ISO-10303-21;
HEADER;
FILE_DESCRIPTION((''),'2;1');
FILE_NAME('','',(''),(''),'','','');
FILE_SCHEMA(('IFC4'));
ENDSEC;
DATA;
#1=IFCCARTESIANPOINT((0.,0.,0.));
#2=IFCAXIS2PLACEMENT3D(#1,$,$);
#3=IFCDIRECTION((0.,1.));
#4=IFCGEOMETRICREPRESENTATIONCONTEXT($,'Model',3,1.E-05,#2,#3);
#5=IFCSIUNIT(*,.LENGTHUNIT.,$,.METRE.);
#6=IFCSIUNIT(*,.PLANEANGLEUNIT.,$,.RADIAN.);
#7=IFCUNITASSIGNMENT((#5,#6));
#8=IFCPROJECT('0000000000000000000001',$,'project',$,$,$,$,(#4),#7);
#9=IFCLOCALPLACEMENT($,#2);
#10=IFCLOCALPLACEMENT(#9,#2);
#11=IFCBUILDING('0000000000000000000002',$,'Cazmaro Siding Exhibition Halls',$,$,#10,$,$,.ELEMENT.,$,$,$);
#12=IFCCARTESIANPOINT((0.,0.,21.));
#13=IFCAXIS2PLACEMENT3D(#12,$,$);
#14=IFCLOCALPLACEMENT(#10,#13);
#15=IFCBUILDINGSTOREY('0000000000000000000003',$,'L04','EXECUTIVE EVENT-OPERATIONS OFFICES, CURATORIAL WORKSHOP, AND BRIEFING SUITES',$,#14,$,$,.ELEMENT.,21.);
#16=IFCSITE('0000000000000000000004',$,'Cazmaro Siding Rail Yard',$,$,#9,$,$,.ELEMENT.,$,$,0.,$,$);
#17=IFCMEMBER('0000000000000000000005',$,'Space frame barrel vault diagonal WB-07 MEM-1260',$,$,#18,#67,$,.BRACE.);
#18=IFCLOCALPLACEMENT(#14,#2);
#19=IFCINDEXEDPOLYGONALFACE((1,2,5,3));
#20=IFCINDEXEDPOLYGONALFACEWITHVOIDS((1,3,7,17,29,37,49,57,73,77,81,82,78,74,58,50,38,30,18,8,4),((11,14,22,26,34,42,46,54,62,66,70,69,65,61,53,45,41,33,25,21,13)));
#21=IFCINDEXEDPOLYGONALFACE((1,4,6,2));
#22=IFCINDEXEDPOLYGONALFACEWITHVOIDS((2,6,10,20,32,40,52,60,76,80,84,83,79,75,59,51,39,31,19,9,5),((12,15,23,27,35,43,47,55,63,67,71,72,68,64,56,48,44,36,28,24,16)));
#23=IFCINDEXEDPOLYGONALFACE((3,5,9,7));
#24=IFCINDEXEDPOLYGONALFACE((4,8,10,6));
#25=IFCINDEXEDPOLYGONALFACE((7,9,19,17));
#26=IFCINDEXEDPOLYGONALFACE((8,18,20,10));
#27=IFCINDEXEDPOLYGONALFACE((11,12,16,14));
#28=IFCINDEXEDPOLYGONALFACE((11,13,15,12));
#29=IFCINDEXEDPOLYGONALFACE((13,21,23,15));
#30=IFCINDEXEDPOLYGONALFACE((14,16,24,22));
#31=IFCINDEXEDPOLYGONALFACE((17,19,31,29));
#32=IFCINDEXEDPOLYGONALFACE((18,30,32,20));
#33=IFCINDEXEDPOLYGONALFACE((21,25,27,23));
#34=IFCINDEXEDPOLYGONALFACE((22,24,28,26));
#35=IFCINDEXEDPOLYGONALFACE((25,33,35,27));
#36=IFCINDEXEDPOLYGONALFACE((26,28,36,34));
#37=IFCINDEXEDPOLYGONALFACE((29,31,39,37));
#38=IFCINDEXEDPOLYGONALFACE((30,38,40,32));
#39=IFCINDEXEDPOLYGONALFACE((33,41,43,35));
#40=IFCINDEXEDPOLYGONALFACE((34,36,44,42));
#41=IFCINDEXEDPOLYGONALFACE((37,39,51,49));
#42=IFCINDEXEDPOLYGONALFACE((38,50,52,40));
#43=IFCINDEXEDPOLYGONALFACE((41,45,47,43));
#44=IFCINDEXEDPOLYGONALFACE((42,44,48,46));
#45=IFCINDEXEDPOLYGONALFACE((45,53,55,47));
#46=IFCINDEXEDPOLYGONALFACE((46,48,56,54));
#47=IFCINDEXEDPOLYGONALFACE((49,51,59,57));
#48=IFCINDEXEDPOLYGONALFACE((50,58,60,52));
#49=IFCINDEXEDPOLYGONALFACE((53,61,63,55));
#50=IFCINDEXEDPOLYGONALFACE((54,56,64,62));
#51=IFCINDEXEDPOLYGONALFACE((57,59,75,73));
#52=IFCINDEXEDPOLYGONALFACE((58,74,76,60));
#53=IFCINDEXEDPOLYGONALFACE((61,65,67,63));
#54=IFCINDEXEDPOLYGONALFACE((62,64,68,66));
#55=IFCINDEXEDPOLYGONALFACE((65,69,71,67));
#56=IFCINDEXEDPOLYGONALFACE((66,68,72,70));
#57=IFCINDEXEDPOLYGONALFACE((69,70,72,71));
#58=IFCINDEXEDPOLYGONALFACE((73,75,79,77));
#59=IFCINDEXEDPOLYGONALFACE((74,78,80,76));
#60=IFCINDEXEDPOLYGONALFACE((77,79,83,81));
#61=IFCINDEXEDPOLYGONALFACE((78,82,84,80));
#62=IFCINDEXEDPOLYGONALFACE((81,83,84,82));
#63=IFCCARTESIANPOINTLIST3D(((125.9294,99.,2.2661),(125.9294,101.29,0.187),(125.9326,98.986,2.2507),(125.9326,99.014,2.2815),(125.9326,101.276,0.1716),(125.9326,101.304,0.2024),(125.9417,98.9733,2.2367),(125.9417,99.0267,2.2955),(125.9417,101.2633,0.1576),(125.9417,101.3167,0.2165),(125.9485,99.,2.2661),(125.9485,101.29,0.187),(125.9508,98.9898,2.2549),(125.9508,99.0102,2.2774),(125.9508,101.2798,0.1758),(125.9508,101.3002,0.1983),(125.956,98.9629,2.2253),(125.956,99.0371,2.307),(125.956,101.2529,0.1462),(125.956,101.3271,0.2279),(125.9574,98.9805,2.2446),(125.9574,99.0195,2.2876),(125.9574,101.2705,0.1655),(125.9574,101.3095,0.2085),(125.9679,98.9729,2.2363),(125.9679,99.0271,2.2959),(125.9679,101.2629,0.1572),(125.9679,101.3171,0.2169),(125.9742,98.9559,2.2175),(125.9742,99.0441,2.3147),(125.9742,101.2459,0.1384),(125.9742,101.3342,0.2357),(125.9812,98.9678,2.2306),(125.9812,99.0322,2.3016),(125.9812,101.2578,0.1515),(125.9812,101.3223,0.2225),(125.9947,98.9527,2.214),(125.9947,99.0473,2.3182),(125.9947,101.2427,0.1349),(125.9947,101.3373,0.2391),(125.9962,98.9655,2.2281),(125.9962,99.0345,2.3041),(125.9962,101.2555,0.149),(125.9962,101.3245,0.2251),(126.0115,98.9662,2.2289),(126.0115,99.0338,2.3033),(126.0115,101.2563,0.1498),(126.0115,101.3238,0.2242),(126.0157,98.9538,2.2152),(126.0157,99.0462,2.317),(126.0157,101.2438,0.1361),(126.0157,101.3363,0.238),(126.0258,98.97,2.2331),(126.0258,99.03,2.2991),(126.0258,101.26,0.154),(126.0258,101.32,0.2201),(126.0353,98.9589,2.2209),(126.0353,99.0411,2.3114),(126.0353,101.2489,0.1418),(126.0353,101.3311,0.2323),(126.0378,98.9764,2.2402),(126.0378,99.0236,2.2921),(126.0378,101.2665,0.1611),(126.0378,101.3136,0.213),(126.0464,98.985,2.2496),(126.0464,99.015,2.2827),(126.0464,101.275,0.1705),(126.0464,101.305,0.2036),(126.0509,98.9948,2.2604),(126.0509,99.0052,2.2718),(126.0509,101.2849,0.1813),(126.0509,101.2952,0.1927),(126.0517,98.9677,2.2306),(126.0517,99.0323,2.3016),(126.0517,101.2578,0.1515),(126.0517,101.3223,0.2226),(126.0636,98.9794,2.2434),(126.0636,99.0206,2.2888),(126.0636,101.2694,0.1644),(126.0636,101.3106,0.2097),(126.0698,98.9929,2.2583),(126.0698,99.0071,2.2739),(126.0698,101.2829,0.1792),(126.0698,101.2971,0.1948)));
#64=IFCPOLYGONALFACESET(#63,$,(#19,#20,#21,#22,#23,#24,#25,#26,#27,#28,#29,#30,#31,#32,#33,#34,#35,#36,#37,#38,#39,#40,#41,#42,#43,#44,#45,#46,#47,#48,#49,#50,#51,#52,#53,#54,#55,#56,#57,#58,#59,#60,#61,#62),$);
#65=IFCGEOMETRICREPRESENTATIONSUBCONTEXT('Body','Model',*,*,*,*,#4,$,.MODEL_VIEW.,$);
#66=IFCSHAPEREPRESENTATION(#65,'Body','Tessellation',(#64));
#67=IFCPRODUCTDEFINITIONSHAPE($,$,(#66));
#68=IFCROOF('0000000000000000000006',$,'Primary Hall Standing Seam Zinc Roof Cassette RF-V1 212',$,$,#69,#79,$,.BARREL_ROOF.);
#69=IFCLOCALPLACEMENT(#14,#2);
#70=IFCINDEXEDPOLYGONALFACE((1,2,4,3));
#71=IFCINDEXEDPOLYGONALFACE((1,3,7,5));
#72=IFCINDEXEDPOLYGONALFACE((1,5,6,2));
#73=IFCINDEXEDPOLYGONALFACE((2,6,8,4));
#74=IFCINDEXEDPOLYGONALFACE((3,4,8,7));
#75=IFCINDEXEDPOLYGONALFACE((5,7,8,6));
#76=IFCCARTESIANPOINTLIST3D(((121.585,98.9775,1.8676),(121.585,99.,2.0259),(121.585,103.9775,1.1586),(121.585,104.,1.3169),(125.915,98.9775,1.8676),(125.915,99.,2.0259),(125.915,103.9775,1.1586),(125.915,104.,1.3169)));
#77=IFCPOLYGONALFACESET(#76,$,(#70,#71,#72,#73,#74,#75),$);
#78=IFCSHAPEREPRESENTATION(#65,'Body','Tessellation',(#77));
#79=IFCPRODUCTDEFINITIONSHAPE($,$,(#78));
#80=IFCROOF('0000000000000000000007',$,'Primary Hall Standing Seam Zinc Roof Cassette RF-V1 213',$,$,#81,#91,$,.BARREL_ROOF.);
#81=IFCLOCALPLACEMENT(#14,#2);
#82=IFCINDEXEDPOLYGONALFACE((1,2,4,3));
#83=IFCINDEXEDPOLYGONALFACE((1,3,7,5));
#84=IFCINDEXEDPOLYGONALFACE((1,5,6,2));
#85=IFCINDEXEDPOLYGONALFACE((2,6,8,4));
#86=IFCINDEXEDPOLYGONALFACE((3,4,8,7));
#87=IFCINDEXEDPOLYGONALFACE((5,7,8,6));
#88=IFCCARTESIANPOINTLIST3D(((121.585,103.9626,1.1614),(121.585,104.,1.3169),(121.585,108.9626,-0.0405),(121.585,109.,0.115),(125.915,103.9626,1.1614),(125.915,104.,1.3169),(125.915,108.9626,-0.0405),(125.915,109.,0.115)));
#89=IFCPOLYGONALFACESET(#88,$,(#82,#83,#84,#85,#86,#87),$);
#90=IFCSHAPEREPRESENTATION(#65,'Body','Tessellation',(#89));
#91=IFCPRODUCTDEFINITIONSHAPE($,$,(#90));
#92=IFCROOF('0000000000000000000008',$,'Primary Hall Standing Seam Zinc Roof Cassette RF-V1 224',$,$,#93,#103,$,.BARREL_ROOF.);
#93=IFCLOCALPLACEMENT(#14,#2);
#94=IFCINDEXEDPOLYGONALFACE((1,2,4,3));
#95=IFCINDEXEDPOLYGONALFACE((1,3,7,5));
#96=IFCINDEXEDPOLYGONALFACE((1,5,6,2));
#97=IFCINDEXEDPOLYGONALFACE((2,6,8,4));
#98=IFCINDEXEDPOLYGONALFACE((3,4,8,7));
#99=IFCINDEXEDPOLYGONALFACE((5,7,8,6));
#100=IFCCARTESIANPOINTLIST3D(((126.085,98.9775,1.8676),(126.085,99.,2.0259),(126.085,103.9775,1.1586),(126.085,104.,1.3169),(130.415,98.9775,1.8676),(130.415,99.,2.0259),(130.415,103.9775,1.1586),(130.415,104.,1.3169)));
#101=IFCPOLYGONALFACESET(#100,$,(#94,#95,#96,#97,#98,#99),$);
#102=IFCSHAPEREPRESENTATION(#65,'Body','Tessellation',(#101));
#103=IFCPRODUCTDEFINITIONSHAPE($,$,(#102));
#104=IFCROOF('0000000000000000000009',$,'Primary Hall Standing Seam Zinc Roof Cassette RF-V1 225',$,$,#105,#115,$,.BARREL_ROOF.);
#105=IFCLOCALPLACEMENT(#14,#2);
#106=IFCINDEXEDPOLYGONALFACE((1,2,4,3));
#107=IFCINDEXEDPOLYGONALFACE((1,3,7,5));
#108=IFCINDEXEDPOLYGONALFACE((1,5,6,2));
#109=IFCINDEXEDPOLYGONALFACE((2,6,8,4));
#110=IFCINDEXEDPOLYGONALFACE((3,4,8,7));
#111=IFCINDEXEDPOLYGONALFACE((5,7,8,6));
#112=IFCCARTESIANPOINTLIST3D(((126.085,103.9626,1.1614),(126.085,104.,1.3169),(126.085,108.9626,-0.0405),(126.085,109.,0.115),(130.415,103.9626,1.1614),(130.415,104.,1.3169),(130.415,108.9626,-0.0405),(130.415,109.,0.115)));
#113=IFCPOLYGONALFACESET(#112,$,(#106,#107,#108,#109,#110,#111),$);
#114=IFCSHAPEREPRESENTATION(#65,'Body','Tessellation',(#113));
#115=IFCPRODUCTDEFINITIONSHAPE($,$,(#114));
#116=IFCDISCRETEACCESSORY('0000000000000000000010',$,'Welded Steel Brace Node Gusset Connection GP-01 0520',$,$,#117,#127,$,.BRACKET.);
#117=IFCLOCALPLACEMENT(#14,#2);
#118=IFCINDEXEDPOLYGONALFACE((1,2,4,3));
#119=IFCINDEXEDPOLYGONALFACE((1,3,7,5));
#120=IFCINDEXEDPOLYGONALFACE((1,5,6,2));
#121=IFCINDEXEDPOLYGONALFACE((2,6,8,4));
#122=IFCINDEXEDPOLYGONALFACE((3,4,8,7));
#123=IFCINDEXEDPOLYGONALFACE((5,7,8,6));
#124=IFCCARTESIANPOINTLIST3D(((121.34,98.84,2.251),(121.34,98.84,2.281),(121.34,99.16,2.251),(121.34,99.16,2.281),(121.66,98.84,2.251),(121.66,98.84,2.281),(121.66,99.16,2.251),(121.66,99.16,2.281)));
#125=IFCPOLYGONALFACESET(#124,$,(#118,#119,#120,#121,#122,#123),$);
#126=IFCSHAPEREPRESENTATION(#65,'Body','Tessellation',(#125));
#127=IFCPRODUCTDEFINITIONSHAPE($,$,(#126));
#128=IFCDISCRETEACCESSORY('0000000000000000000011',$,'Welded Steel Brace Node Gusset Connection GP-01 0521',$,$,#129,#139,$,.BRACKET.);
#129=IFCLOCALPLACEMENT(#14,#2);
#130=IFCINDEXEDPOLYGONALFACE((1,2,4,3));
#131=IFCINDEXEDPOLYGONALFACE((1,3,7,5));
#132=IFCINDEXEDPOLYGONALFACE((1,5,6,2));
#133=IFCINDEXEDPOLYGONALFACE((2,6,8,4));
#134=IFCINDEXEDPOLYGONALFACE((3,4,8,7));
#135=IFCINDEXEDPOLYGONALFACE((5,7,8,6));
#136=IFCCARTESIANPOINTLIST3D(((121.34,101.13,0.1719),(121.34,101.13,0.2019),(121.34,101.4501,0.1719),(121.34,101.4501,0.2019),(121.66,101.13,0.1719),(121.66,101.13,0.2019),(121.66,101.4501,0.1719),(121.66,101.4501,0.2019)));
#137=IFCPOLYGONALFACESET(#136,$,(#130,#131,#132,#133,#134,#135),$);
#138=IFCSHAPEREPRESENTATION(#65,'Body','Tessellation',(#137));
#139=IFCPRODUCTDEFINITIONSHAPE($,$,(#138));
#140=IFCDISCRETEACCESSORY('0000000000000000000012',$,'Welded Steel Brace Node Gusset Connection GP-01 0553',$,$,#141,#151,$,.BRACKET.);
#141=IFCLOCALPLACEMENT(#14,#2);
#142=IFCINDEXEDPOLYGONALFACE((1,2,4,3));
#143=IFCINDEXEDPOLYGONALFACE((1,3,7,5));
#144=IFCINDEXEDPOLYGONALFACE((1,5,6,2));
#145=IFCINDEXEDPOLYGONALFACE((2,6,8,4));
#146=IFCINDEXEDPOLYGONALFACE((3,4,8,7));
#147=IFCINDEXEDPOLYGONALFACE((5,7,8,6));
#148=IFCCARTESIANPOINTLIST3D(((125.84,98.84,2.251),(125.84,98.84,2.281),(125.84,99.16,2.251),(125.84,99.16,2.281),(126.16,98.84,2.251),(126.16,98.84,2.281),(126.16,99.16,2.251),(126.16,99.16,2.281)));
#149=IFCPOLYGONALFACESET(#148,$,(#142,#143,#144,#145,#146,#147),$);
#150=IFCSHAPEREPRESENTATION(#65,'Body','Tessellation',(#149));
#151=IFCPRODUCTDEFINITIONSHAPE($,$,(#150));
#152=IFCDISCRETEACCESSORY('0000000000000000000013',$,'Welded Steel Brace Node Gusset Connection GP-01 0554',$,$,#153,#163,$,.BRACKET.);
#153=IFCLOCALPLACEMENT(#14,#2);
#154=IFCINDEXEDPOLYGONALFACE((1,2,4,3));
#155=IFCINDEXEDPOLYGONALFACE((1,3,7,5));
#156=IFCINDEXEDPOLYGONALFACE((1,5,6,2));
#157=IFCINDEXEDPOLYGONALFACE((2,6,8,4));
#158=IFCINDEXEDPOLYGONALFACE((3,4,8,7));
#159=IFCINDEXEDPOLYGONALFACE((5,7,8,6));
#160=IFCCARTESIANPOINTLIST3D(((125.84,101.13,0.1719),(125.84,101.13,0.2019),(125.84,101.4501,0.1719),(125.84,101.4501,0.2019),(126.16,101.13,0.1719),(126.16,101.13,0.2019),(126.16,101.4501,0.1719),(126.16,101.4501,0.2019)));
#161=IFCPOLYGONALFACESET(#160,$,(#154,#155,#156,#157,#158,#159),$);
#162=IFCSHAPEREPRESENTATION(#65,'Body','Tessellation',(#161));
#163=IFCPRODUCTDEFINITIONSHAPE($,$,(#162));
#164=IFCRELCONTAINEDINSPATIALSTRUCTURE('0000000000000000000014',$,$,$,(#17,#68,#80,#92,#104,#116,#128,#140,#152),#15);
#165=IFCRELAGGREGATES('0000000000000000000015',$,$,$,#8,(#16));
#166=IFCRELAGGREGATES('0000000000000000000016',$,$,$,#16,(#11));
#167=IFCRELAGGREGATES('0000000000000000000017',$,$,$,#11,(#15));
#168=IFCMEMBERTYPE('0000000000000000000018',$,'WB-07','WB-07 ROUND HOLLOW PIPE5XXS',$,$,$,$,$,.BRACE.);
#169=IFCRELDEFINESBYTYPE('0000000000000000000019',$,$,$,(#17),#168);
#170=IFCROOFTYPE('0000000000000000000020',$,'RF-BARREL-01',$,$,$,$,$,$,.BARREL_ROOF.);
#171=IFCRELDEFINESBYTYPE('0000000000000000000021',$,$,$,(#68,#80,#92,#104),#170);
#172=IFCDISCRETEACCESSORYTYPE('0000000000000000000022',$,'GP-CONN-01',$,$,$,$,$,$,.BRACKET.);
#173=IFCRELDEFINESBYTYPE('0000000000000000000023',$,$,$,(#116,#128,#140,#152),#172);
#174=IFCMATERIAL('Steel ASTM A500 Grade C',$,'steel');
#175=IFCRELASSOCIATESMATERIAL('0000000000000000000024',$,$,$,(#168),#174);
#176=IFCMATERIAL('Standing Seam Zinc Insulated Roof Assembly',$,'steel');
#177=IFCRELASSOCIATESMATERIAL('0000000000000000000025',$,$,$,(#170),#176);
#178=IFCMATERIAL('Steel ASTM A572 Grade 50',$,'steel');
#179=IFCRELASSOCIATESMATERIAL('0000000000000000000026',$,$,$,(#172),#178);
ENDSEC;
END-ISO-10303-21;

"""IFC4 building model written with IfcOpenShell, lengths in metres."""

from ifc_helpers import new_model, si_unit, direction, frame, origin, origin_2d, place, context, subcontext, project, spatial, polyline, rectangle, hollow_circle, outline, extrude, material, material_profile, profile_set, type_object, element, save


model = new_model("IFC4")

# Units and contexts
model_context = context("Model", 3, precision=1e-05, world=origin(), true_north=direction((0.0, 1.0)))
body_context = subcontext(model_context, "Body", "Model", "MODEL_VIEW")
ifc_project = project(units=[si_unit("LENGTHUNIT", "METRE"), si_unit("PLANEANGLEUNIT", "RADIAN")], contexts=[model_context])

# Site, building, storey
site_placement = place(None, origin())
site = spatial("IfcSite", under=ifc_project, at=site_placement, Name="Cazmaro Siding Rail Yard", CompositionType="ELEMENT", RefElevation=0.0)
building_placement = place(site_placement, origin())
building = spatial("IfcBuilding", under=site, at=building_placement, Name="Cazmaro Siding Exhibition Halls", CompositionType="ELEMENT")
storey_placement = place(building_placement, frame((0.0, 0.0, 21.0)))
storey = spatial("IfcBuildingStorey", under=building, at=storey_placement, Name="L04", Description="EXECUTIVE EVENT-OPERATIONS OFFICES, CURATORIAL WORKSHOP, AND BRIEFING SUITES", CompositionType="ELEMENT", Elevation=21.0)

# Member
ifc_material_1 = material(Name="Steel ASTM A500 Grade C", Category="steel")
ifc_material_profile_1 = material_profile(ifc_material_1, hollow_circle(Radius=0.0706, WallThickness=0.019, at=origin_2d()), Name="PIPE5XXS")
ifc_profile_set_1 = profile_set([ifc_material_profile_1], Name="Steel ASTM A500 Grade C")
member_type_1 = type_object("IfcMemberType", Name="WB-07", Description="WB-07 ROUND HOLLOW PIPE5XXS", PredefinedType="BRACE", material=ifc_profile_set_1)
for number, where, z_axis, x_axis, name in (
    (1, (126.0, 99.0, 2.2661), (0.0, 0.740383, -0.672185), (-1.0, 0.0, 0.0), "Space frame barrel vault diagonal WB-07 MEM-1260"),
):
    element("IfcMember", number, at=place(storey_placement, frame(where, z_axis=z_axis, x_axis=x_axis)), inside=storey, type_object=member_type_1, Name=name, PredefinedType="BRACE", context=body_context, shape_type="SweptSolid", body=[
        extrude(hollow_circle(Radius=0.0706, WallThickness=0.019, at=origin_2d()), origin(), (0.0, 0.0, 1.0), 3.093),
    ])

# Roofs
ifc_material_2 = material(Name="Standing Seam Zinc Insulated Roof Assembly", Category="steel")
roof_type = type_object("IfcRoofType", Name="RF-BARREL-01", PredefinedType="BARREL_ROOF", material=ifc_material_2)
roof_1_placement = place(storey_placement, frame((121.585, 99.0, 2.0259), z_axis=(0.0, 0.140393, 0.990096), x_axis=(1.0, 0.0, 0.0)))
element("IfcRoof", 2, at=roof_1_placement, inside=storey, type_object=roof_type, Name="Primary Hall Standing Seam Zinc Roof Cassette RF-V1 212", PredefinedType="BARREL_ROOF", context=body_context, shape_type="SweptSolid", body=[
    extrude(outline(polyline([(0.0, 0.0), (4.3301, 0.0), (4.3301, 5.05), (0.0, 5.05), (0.0, 0.0)])), origin(), (0.0, 0.0, -1.0), 0.1599),
])
roof_2_placement = place(storey_placement, frame((121.585, 104.0, 1.3169), z_axis=(0.0, 0.233723, 0.972303), x_axis=(1.0, 0.0, 0.0)))
element("IfcRoof", 3, at=roof_2_placement, inside=storey, type_object=roof_type, Name="Primary Hall Standing Seam Zinc Roof Cassette RF-V1 213", PredefinedType="BARREL_ROOF", context=body_context, shape_type="SweptSolid", body=[
    extrude(outline(polyline([(0.0, 0.0), (4.3301, 0.0), (4.3301, 5.1424), (0.0, 5.1424), (0.0, 0.0)])), origin(), (0.0, 0.0, -1.0), 0.1599),
])
roof_3_placement = place(storey_placement, frame((126.085, 99.0, 2.0259), z_axis=(0.0, 0.140393, 0.990096), x_axis=(1.0, 0.0, 0.0)))
element("IfcRoof", 4, at=roof_3_placement, inside=storey, type_object=roof_type, Name="Primary Hall Standing Seam Zinc Roof Cassette RF-V1 224", PredefinedType="BARREL_ROOF", context=body_context, shape_type="SweptSolid", body=[
    extrude(outline(polyline([(0.0, 0.0), (4.3301, 0.0), (4.3301, 5.05), (0.0, 5.05), (0.0, 0.0)])), origin(), (0.0, 0.0, -1.0), 0.1599),
])
roof_4_placement = place(storey_placement, frame((126.085, 104.0, 1.3169), z_axis=(0.0, 0.233723, 0.972303), x_axis=(1.0, 0.0, 0.0)))
element("IfcRoof", 5, at=roof_4_placement, inside=storey, type_object=roof_type, Name="Primary Hall Standing Seam Zinc Roof Cassette RF-V1 225", PredefinedType="BARREL_ROOF", context=body_context, shape_type="SweptSolid", body=[
    extrude(outline(polyline([(0.0, 0.0), (4.3301, 0.0), (4.3301, 5.1424), (0.0, 5.1424), (0.0, 0.0)])), origin(), (0.0, 0.0, -1.0), 0.1599),
])

# Discrete accessories
ifc_material_3 = material(Name="Steel ASTM A572 Grade 50", Category="steel")
discrete_accessory_type = type_object("IfcDiscreteAccessoryType", Name="GP-CONN-01", PredefinedType="BRACKET", material=ifc_material_3)
for number, where, z_axis, x_axis, name in (
    (6, (121.5, 99.0, 2.251), (0.0, 0.0, 1.0), (1.0, 0.0, 0.0), "Welded Steel Brace Node Gusset Connection GP-01 0520"),
    (7, (121.5, 101.29, 0.1719), (0.0, 0.0, 1.0), (1.0, 0.0, 0.0), "Welded Steel Brace Node Gusset Connection GP-01 0521"),
    (8, (126.0, 99.0, 2.251), (0.0, 0.0, 1.0), (1.0, 0.0, 0.0), "Welded Steel Brace Node Gusset Connection GP-01 0553"),
    (9, (126.0, 101.29, 0.1719), (0.0, 0.0, 1.0), (1.0, 0.0, 0.0), "Welded Steel Brace Node Gusset Connection GP-01 0554"),
):
    element("IfcDiscreteAccessory", number, at=place(storey_placement, frame(where, z_axis=z_axis, x_axis=x_axis)), inside=storey, type_object=discrete_accessory_type, Name=name, PredefinedType="BRACKET", context=body_context, shape_type="SweptSolid", body=[
        extrude(rectangle(XDim=0.3201, YDim=0.3201, at=origin_2d()), origin(), (0.0, 0.0, 1.0), 0.03),
    ])

save(model, "model.ifc")
